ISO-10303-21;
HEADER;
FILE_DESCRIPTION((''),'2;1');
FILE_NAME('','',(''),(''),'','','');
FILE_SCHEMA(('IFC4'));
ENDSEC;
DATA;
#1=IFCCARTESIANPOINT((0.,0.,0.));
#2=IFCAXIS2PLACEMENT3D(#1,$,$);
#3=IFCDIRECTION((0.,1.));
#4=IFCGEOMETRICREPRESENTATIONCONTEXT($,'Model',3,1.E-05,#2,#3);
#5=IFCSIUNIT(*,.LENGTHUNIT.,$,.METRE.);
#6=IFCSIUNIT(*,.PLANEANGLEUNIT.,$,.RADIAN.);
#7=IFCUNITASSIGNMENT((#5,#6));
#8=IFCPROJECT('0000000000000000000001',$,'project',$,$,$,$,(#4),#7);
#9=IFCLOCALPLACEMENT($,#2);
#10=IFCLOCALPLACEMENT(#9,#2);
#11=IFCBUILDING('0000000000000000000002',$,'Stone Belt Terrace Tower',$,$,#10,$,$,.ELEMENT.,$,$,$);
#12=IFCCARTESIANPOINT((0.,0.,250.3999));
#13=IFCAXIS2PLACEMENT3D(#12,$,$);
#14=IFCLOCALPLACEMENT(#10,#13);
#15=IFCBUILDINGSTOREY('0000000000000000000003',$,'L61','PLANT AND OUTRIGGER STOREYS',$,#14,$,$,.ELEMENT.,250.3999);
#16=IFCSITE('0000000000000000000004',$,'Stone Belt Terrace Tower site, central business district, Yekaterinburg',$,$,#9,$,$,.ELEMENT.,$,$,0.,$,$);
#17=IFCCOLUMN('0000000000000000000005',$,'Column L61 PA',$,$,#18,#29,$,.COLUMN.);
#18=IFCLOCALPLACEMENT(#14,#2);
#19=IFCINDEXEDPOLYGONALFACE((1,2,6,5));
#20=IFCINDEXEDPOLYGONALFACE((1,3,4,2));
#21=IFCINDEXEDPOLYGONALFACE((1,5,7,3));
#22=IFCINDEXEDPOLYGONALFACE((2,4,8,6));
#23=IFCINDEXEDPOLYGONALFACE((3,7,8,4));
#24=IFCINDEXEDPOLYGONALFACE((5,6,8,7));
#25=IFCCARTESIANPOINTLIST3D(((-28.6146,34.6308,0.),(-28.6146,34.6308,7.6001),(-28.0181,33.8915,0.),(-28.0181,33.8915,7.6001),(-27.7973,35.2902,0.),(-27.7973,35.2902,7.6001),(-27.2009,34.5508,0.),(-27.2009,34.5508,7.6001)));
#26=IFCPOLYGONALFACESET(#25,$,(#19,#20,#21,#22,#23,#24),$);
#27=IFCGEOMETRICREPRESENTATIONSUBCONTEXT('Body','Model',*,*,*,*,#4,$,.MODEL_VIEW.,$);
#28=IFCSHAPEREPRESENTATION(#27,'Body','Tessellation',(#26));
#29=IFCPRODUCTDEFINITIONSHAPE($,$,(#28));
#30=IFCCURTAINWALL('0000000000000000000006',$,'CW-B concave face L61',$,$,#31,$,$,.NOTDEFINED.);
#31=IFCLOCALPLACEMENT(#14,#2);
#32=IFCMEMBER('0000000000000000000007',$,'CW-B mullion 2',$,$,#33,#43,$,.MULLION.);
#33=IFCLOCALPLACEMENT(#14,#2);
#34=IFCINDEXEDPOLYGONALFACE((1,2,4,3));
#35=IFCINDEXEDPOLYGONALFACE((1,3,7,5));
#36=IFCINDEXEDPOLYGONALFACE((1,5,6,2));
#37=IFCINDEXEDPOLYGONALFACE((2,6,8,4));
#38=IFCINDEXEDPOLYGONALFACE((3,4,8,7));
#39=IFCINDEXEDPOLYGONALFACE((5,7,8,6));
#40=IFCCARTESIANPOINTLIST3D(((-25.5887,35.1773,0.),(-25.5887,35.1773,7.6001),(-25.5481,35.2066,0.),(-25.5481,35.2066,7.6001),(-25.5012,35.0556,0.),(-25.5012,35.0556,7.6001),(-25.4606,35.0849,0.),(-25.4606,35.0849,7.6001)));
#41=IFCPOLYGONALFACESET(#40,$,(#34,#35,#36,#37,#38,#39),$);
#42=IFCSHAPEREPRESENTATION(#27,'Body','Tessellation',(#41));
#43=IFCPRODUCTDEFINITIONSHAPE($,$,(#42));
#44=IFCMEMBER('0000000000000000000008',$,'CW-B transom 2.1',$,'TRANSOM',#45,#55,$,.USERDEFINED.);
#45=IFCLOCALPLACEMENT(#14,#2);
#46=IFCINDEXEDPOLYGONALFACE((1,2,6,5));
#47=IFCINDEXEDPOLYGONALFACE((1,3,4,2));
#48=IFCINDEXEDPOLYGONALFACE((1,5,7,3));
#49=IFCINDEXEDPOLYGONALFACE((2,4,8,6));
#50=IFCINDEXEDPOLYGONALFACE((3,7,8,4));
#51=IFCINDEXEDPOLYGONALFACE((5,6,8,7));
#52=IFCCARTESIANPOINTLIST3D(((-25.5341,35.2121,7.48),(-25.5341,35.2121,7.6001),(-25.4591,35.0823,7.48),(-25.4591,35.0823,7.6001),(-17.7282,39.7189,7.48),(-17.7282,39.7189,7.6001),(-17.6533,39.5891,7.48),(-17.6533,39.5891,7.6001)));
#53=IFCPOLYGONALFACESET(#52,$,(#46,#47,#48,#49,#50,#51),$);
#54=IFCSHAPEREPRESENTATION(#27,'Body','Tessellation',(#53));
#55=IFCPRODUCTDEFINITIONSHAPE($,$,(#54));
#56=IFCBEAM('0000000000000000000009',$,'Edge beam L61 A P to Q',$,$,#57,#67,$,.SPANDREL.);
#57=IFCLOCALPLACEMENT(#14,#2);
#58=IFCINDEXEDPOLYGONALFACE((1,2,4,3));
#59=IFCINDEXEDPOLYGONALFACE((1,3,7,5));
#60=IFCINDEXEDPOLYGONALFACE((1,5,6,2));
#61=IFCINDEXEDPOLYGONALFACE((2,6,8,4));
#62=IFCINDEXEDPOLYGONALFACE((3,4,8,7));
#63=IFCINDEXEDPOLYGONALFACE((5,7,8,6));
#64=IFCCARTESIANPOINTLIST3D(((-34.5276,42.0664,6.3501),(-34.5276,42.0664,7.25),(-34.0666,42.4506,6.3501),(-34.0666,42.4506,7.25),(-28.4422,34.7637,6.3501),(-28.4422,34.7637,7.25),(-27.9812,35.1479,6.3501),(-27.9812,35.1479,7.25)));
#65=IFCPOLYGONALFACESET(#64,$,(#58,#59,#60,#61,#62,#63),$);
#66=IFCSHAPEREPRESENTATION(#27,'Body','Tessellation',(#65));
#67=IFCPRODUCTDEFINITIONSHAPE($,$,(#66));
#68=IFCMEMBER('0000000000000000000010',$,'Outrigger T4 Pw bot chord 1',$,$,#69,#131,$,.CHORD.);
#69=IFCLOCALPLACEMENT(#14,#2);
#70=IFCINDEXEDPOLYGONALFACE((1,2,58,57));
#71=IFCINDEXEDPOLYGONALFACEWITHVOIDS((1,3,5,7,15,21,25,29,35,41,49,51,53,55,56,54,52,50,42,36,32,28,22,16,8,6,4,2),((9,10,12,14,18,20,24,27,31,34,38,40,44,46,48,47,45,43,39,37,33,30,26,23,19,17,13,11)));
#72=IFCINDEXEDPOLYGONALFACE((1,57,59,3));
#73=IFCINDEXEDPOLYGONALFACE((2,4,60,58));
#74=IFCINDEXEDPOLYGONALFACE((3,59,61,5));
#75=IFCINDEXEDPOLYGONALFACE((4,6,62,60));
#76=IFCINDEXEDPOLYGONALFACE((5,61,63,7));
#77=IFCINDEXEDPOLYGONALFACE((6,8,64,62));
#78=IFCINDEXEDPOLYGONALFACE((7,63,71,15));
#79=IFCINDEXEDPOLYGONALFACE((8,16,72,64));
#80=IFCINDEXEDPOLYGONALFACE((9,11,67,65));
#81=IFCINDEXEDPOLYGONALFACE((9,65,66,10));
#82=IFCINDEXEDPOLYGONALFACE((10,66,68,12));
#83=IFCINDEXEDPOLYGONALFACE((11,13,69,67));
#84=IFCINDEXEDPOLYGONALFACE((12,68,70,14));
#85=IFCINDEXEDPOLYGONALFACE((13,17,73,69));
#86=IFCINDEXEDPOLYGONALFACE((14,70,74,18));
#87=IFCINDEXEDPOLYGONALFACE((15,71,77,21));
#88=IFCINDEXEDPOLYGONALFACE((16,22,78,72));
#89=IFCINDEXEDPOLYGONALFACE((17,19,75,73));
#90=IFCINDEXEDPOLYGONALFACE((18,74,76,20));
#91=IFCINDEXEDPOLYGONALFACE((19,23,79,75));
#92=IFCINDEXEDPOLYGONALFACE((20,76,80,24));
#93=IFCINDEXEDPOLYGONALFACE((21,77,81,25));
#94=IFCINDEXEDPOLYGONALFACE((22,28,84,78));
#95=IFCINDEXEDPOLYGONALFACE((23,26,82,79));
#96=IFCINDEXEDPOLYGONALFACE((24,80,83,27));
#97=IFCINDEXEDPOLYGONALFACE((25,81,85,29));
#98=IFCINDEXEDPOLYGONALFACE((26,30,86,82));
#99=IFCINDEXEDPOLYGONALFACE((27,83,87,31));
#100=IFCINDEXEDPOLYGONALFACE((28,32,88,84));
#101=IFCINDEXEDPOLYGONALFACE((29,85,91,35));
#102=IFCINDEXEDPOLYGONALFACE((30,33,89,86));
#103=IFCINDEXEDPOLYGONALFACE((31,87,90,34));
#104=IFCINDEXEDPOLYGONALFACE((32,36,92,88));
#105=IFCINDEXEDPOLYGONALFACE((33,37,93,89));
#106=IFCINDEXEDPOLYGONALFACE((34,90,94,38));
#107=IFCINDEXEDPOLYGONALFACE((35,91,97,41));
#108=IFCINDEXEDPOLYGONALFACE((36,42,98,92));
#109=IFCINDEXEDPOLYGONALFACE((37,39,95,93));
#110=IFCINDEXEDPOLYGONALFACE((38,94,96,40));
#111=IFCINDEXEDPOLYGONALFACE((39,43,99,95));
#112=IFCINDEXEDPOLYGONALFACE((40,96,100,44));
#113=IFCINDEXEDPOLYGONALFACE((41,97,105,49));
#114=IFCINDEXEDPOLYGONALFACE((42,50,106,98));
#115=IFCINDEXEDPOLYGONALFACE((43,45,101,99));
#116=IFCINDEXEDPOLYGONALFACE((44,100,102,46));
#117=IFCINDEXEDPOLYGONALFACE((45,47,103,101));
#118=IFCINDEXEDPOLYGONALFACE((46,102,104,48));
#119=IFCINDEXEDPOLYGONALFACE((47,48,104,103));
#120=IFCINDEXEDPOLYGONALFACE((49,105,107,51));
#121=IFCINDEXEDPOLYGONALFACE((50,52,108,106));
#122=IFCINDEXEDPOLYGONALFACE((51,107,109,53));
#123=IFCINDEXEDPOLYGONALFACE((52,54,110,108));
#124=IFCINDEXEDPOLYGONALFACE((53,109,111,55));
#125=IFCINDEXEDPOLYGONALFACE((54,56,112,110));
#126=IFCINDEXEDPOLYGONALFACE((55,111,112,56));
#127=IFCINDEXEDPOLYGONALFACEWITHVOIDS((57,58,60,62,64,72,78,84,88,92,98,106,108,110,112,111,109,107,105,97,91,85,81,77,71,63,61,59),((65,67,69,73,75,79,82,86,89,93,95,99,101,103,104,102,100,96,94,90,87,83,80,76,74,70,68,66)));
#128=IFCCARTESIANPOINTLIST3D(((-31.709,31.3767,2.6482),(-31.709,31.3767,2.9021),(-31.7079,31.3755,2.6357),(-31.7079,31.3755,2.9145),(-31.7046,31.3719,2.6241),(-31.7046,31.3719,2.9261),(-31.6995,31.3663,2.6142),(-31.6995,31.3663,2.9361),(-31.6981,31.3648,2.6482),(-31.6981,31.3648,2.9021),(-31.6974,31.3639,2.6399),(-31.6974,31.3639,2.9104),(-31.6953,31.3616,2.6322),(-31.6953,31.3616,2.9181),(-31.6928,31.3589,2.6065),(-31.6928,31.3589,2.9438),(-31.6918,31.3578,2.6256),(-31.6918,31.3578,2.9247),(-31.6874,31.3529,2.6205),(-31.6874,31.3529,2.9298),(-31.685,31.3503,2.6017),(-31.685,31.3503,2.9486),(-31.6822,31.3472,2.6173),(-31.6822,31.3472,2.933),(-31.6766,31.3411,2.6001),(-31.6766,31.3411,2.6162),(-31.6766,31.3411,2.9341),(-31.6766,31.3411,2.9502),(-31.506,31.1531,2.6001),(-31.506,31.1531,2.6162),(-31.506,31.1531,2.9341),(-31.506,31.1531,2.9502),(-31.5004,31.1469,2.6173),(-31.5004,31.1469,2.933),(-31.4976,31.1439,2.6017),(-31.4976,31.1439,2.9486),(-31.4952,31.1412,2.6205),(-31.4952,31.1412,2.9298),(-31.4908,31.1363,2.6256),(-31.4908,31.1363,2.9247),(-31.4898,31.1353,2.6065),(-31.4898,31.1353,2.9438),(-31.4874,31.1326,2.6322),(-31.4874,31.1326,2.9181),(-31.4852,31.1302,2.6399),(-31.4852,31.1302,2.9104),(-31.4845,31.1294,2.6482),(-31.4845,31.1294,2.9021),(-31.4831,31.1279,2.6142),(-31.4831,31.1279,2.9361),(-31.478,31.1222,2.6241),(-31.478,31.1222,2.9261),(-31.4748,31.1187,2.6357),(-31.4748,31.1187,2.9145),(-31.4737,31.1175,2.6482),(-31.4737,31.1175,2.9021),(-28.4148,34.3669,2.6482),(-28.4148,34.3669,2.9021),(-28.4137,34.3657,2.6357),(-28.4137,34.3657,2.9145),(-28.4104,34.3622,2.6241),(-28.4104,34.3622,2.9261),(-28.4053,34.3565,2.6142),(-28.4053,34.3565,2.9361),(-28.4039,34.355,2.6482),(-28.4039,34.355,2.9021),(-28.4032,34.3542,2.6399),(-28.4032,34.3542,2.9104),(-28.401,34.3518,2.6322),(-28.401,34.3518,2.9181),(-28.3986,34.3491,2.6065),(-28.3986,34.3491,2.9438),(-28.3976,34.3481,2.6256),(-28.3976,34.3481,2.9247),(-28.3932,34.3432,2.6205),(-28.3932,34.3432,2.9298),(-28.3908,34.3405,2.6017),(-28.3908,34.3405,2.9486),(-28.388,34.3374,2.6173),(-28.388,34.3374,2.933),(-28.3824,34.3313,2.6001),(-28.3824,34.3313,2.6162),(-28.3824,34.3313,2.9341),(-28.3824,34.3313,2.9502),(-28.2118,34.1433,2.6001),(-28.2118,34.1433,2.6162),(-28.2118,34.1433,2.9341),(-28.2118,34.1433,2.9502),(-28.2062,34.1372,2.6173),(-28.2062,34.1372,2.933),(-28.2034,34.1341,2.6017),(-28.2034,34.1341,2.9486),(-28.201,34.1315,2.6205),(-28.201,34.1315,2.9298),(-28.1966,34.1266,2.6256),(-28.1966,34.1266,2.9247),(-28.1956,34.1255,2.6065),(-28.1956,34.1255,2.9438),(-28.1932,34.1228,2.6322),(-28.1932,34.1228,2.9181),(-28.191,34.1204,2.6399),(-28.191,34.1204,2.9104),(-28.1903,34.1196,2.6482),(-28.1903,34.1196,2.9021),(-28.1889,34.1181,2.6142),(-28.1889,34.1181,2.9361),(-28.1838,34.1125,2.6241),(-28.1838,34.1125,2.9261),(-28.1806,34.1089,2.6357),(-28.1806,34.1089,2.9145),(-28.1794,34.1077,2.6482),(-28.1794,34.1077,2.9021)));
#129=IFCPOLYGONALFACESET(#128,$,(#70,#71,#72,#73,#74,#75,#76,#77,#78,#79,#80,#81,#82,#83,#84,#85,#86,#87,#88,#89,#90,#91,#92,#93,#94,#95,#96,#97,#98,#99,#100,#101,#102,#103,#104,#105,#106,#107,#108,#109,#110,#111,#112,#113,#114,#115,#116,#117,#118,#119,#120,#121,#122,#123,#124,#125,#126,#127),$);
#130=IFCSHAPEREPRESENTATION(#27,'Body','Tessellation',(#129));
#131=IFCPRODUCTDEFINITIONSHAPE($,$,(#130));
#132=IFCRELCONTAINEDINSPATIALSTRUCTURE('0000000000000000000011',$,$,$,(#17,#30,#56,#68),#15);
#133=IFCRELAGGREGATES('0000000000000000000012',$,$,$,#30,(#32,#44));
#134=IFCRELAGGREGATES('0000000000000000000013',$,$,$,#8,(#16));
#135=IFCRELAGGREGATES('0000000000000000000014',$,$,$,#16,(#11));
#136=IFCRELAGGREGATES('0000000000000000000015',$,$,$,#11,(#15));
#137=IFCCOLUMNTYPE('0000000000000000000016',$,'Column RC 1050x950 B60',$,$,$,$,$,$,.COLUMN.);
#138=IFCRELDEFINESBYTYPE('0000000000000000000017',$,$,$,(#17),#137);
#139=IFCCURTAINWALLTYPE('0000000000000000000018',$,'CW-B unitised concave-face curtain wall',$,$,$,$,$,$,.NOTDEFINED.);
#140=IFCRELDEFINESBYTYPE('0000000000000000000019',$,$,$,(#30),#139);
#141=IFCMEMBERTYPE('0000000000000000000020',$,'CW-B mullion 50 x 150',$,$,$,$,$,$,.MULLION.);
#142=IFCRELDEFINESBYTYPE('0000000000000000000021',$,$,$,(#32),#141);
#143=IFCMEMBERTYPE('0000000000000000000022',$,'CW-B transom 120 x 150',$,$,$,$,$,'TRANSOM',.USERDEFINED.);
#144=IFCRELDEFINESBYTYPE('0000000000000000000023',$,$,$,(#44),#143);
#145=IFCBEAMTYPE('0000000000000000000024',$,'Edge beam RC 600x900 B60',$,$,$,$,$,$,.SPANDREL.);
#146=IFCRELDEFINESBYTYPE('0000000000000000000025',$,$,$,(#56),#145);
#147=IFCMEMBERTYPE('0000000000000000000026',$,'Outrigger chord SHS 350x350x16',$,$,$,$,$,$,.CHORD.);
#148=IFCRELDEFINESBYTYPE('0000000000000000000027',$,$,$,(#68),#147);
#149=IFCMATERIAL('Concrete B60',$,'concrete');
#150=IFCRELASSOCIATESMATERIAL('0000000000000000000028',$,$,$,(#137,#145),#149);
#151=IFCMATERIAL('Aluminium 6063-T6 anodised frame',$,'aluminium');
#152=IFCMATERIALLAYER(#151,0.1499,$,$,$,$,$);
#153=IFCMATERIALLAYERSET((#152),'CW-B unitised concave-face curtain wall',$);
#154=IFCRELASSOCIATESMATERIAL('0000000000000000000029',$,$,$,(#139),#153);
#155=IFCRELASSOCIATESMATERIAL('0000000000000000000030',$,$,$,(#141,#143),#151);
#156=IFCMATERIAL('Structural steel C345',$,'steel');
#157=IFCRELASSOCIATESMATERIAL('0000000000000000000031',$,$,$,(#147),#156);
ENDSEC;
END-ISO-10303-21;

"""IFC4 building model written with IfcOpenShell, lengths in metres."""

from ifc_helpers import new_model, si_unit, direction, frame, origin, origin_2d, place, context, subcontext, project, spatial, rectangle, hollow_rectangle, extrude, material, layer, layer_set, material_profile, profile_set, type_object, element, aggregate, save


model = new_model("IFC4")

# Units and contexts
model_context = context("Model", 3, precision=1e-05, world=origin(), true_north=direction((0.0, 1.0)))
body_context = subcontext(model_context, "Body", "Model", "MODEL_VIEW")
ifc_project = project(units=[si_unit("LENGTHUNIT", "METRE"), si_unit("PLANEANGLEUNIT", "RADIAN")], contexts=[model_context])

# Site, building, storey
site_placement = place(None, origin())
site = spatial("IfcSite", under=ifc_project, at=site_placement, Name="Stone Belt Terrace Tower site, central business district, Yekaterinburg", CompositionType="ELEMENT", RefElevation=0.0)
building_placement = place(site_placement, origin())
building = spatial("IfcBuilding", under=site, at=building_placement, Name="Stone Belt Terrace Tower", CompositionType="ELEMENT")
storey_placement = place(building_placement, frame((0.0, 0.0, 250.3999)))
storey = spatial("IfcBuildingStorey", under=building, at=storey_placement, Name="L61", Description="PLANT AND OUTRIGGER STOREYS", CompositionType="ELEMENT", Elevation=250.3999)

# Column
ifc_material_1 = material(Name="Concrete B60", Category="concrete")
ifc_material_profile_1 = material_profile(ifc_material_1, rectangle(XDim=1.05, YDim=0.95, at=origin_2d()), Name="RC 1050x950")
ifc_profile_set_1 = profile_set([ifc_material_profile_1], Name="Concrete B60")
column_type = type_object("IfcColumnType", Name="Column RC 1050x950 B60", PredefinedType="COLUMN", material=ifc_profile_set_1)
column_placement = place(storey_placement, frame((-27.9077, 34.5908, 0.0), z_axis=(0.0, 0.0, 1.0), x_axis=(0.778284, 0.627913, 0.0)))
element("IfcColumn", 1, at=column_placement, inside=storey, type_object=column_type, Name="Column L61 PA", PredefinedType="COLUMN", context=body_context, shape_type="SweptSolid", body=[
    extrude(rectangle(XDim=1.05, YDim=0.95, at=origin_2d()), origin(), (0.0, 0.0, 1.0), 7.6001),
])

# Curtain wall, members
ifc_material_2 = material(Name="Aluminium 6063-T6 anodised frame", Category="aluminium")
ifc_layer_1 = layer(ifc_material_2, 0.1499)
ifc_layer_set_1 = layer_set([ifc_layer_1], Name="CW-B unitised concave-face curtain wall")
curtain_wall_type = type_object("IfcCurtainWallType", Name="CW-B unitised concave-face curtain wall", PredefinedType="NOTDEFINED", material=ifc_layer_set_1)
curtain_wall_placement = place(storey_placement, origin())
curtain_wall = element("IfcCurtainWall", 2, at=curtain_wall_placement, inside=storey, type_object=curtain_wall_type, Name="CW-B concave face L61", PredefinedType="NOTDEFINED")
ifc_material_profile_2 = material_profile(ifc_material_2, rectangle(XDim=0.1499, YDim=0.05, at=origin_2d()), Name="Aluminium 6063-T6 50x150")
ifc_profile_set_2 = profile_set([ifc_material_profile_2], Name="Aluminium 6063-T6 anodised frame")
member_type_1 = type_object("IfcMemberType", Name="CW-B mullion 50 x 150", PredefinedType="MULLION", material=ifc_profile_set_2)
member_1_placement = place(storey_placement, frame((-25.5247, 35.1311, 0.0), z_axis=(0.0, 0.0, 1.0), x_axis=(-0.583819, 0.811884, 0.0)))
member_1 = element("IfcMember", 3, at=member_1_placement, type_object=member_type_1, Name="CW-B mullion 2", PredefinedType="MULLION", context=body_context, shape_type="SweptSolid", body=[
    extrude(rectangle(XDim=0.1499, YDim=0.05, at=origin_2d()), origin(), (0.0, 0.0, 1.0), 7.6001),
])
ifc_material_profile_3 = material_profile(ifc_material_2, rectangle(XDim=0.1499, YDim=0.1201, at=origin_2d()), Name="Aluminium 6063-T6 150x120")
ifc_profile_set_3 = profile_set([ifc_material_profile_3], Name="Aluminium 6063-T6 anodised frame")
member_type_2 = type_object("IfcMemberType", Name="CW-B transom 120 x 150", ElementType="TRANSOM", PredefinedType="USERDEFINED", material=ifc_profile_set_3)
member_2_placement = place(storey_placement, frame((-25.4966, 35.1472, 7.54), z_axis=(0.866021, 0.500008, 0.0), x_axis=(-0.500008, 0.866021, 0.0)))
member_2 = element("IfcMember", 4, at=member_2_placement, type_object=member_type_2, Name="CW-B transom 2.1", ObjectType="TRANSOM", PredefinedType="USERDEFINED", context=body_context, shape_type="SweptSolid", body=[
    extrude(rectangle(XDim=0.1499, YDim=0.1201, at=origin_2d()), origin(), (0.0, 0.0, 1.0), 9.0134),
])

# Beam
ifc_material_profile_4 = material_profile(ifc_material_1, rectangle(XDim=0.6001, YDim=0.8999, at=origin_2d()), Name="RC 600x900")
ifc_profile_set_4 = profile_set([ifc_material_profile_4], Name="Concrete B60")
beam_type_1 = type_object("IfcBeamType", Name="Edge beam RC 600x900 B60", PredefinedType="SPANDREL", material=ifc_profile_set_4)
beam_1_placement = place(storey_placement, frame((-28.2117, 34.9558, 6.8), z_axis=(-0.640174, 0.76823, 0.0), x_axis=(-0.76823, -0.640174, 0.0)))
element("IfcBeam", 5, at=beam_1_placement, inside=storey, type_object=beam_type_1, Name="Edge beam L61 A P to Q", PredefinedType="SPANDREL", context=body_context, shape_type="SweptSolid", body=[
    extrude(rectangle(XDim=0.6001, YDim=0.8999, at=origin_2d()), origin(), (0.0, 0.0, 1.0), 9.5059),
])

# Member
ifc_material_3 = material(Name="Structural steel C345", Category="steel")
ifc_material_profile_5 = material_profile(ifc_material_3, hollow_rectangle(XDim=0.3501, YDim=0.3501, WallThickness=0.0161, InnerFilletRadius=0.032, OuterFilletRadius=0.0481, at=origin_2d()), Name="SHS 350x350x16")
ifc_profile_set_5 = profile_set([ifc_material_profile_5], Name="Structural steel C345")
member_type_3 = type_object("IfcMemberType", Name="Outrigger chord SHS 350x350x16", PredefinedType="CHORD", material=ifc_profile_set_5)
member_3_placement = place(storey_placement, frame((-31.5913, 31.2471, 2.7751), z_axis=(0.740441, 0.672121, 0.0), x_axis=(-0.672121, 0.740441, 0.0)))
element("IfcMember", 6, at=member_3_placement, inside=storey, type_object=member_type_3, Name="Outrigger T4 Pw bot chord 1", PredefinedType="CHORD", context=body_context, shape_type="SweptSolid", body=[
    extrude(hollow_rectangle(XDim=0.3501, YDim=0.3501, WallThickness=0.0161, InnerFilletRadius=0.032, OuterFilletRadius=0.0481, at=origin_2d()), origin(), (0.0, 0.0, 1.0), 4.449),
])

aggregate(curtain_wall, [member_1, member_2])

save(model, "model.ifc")
